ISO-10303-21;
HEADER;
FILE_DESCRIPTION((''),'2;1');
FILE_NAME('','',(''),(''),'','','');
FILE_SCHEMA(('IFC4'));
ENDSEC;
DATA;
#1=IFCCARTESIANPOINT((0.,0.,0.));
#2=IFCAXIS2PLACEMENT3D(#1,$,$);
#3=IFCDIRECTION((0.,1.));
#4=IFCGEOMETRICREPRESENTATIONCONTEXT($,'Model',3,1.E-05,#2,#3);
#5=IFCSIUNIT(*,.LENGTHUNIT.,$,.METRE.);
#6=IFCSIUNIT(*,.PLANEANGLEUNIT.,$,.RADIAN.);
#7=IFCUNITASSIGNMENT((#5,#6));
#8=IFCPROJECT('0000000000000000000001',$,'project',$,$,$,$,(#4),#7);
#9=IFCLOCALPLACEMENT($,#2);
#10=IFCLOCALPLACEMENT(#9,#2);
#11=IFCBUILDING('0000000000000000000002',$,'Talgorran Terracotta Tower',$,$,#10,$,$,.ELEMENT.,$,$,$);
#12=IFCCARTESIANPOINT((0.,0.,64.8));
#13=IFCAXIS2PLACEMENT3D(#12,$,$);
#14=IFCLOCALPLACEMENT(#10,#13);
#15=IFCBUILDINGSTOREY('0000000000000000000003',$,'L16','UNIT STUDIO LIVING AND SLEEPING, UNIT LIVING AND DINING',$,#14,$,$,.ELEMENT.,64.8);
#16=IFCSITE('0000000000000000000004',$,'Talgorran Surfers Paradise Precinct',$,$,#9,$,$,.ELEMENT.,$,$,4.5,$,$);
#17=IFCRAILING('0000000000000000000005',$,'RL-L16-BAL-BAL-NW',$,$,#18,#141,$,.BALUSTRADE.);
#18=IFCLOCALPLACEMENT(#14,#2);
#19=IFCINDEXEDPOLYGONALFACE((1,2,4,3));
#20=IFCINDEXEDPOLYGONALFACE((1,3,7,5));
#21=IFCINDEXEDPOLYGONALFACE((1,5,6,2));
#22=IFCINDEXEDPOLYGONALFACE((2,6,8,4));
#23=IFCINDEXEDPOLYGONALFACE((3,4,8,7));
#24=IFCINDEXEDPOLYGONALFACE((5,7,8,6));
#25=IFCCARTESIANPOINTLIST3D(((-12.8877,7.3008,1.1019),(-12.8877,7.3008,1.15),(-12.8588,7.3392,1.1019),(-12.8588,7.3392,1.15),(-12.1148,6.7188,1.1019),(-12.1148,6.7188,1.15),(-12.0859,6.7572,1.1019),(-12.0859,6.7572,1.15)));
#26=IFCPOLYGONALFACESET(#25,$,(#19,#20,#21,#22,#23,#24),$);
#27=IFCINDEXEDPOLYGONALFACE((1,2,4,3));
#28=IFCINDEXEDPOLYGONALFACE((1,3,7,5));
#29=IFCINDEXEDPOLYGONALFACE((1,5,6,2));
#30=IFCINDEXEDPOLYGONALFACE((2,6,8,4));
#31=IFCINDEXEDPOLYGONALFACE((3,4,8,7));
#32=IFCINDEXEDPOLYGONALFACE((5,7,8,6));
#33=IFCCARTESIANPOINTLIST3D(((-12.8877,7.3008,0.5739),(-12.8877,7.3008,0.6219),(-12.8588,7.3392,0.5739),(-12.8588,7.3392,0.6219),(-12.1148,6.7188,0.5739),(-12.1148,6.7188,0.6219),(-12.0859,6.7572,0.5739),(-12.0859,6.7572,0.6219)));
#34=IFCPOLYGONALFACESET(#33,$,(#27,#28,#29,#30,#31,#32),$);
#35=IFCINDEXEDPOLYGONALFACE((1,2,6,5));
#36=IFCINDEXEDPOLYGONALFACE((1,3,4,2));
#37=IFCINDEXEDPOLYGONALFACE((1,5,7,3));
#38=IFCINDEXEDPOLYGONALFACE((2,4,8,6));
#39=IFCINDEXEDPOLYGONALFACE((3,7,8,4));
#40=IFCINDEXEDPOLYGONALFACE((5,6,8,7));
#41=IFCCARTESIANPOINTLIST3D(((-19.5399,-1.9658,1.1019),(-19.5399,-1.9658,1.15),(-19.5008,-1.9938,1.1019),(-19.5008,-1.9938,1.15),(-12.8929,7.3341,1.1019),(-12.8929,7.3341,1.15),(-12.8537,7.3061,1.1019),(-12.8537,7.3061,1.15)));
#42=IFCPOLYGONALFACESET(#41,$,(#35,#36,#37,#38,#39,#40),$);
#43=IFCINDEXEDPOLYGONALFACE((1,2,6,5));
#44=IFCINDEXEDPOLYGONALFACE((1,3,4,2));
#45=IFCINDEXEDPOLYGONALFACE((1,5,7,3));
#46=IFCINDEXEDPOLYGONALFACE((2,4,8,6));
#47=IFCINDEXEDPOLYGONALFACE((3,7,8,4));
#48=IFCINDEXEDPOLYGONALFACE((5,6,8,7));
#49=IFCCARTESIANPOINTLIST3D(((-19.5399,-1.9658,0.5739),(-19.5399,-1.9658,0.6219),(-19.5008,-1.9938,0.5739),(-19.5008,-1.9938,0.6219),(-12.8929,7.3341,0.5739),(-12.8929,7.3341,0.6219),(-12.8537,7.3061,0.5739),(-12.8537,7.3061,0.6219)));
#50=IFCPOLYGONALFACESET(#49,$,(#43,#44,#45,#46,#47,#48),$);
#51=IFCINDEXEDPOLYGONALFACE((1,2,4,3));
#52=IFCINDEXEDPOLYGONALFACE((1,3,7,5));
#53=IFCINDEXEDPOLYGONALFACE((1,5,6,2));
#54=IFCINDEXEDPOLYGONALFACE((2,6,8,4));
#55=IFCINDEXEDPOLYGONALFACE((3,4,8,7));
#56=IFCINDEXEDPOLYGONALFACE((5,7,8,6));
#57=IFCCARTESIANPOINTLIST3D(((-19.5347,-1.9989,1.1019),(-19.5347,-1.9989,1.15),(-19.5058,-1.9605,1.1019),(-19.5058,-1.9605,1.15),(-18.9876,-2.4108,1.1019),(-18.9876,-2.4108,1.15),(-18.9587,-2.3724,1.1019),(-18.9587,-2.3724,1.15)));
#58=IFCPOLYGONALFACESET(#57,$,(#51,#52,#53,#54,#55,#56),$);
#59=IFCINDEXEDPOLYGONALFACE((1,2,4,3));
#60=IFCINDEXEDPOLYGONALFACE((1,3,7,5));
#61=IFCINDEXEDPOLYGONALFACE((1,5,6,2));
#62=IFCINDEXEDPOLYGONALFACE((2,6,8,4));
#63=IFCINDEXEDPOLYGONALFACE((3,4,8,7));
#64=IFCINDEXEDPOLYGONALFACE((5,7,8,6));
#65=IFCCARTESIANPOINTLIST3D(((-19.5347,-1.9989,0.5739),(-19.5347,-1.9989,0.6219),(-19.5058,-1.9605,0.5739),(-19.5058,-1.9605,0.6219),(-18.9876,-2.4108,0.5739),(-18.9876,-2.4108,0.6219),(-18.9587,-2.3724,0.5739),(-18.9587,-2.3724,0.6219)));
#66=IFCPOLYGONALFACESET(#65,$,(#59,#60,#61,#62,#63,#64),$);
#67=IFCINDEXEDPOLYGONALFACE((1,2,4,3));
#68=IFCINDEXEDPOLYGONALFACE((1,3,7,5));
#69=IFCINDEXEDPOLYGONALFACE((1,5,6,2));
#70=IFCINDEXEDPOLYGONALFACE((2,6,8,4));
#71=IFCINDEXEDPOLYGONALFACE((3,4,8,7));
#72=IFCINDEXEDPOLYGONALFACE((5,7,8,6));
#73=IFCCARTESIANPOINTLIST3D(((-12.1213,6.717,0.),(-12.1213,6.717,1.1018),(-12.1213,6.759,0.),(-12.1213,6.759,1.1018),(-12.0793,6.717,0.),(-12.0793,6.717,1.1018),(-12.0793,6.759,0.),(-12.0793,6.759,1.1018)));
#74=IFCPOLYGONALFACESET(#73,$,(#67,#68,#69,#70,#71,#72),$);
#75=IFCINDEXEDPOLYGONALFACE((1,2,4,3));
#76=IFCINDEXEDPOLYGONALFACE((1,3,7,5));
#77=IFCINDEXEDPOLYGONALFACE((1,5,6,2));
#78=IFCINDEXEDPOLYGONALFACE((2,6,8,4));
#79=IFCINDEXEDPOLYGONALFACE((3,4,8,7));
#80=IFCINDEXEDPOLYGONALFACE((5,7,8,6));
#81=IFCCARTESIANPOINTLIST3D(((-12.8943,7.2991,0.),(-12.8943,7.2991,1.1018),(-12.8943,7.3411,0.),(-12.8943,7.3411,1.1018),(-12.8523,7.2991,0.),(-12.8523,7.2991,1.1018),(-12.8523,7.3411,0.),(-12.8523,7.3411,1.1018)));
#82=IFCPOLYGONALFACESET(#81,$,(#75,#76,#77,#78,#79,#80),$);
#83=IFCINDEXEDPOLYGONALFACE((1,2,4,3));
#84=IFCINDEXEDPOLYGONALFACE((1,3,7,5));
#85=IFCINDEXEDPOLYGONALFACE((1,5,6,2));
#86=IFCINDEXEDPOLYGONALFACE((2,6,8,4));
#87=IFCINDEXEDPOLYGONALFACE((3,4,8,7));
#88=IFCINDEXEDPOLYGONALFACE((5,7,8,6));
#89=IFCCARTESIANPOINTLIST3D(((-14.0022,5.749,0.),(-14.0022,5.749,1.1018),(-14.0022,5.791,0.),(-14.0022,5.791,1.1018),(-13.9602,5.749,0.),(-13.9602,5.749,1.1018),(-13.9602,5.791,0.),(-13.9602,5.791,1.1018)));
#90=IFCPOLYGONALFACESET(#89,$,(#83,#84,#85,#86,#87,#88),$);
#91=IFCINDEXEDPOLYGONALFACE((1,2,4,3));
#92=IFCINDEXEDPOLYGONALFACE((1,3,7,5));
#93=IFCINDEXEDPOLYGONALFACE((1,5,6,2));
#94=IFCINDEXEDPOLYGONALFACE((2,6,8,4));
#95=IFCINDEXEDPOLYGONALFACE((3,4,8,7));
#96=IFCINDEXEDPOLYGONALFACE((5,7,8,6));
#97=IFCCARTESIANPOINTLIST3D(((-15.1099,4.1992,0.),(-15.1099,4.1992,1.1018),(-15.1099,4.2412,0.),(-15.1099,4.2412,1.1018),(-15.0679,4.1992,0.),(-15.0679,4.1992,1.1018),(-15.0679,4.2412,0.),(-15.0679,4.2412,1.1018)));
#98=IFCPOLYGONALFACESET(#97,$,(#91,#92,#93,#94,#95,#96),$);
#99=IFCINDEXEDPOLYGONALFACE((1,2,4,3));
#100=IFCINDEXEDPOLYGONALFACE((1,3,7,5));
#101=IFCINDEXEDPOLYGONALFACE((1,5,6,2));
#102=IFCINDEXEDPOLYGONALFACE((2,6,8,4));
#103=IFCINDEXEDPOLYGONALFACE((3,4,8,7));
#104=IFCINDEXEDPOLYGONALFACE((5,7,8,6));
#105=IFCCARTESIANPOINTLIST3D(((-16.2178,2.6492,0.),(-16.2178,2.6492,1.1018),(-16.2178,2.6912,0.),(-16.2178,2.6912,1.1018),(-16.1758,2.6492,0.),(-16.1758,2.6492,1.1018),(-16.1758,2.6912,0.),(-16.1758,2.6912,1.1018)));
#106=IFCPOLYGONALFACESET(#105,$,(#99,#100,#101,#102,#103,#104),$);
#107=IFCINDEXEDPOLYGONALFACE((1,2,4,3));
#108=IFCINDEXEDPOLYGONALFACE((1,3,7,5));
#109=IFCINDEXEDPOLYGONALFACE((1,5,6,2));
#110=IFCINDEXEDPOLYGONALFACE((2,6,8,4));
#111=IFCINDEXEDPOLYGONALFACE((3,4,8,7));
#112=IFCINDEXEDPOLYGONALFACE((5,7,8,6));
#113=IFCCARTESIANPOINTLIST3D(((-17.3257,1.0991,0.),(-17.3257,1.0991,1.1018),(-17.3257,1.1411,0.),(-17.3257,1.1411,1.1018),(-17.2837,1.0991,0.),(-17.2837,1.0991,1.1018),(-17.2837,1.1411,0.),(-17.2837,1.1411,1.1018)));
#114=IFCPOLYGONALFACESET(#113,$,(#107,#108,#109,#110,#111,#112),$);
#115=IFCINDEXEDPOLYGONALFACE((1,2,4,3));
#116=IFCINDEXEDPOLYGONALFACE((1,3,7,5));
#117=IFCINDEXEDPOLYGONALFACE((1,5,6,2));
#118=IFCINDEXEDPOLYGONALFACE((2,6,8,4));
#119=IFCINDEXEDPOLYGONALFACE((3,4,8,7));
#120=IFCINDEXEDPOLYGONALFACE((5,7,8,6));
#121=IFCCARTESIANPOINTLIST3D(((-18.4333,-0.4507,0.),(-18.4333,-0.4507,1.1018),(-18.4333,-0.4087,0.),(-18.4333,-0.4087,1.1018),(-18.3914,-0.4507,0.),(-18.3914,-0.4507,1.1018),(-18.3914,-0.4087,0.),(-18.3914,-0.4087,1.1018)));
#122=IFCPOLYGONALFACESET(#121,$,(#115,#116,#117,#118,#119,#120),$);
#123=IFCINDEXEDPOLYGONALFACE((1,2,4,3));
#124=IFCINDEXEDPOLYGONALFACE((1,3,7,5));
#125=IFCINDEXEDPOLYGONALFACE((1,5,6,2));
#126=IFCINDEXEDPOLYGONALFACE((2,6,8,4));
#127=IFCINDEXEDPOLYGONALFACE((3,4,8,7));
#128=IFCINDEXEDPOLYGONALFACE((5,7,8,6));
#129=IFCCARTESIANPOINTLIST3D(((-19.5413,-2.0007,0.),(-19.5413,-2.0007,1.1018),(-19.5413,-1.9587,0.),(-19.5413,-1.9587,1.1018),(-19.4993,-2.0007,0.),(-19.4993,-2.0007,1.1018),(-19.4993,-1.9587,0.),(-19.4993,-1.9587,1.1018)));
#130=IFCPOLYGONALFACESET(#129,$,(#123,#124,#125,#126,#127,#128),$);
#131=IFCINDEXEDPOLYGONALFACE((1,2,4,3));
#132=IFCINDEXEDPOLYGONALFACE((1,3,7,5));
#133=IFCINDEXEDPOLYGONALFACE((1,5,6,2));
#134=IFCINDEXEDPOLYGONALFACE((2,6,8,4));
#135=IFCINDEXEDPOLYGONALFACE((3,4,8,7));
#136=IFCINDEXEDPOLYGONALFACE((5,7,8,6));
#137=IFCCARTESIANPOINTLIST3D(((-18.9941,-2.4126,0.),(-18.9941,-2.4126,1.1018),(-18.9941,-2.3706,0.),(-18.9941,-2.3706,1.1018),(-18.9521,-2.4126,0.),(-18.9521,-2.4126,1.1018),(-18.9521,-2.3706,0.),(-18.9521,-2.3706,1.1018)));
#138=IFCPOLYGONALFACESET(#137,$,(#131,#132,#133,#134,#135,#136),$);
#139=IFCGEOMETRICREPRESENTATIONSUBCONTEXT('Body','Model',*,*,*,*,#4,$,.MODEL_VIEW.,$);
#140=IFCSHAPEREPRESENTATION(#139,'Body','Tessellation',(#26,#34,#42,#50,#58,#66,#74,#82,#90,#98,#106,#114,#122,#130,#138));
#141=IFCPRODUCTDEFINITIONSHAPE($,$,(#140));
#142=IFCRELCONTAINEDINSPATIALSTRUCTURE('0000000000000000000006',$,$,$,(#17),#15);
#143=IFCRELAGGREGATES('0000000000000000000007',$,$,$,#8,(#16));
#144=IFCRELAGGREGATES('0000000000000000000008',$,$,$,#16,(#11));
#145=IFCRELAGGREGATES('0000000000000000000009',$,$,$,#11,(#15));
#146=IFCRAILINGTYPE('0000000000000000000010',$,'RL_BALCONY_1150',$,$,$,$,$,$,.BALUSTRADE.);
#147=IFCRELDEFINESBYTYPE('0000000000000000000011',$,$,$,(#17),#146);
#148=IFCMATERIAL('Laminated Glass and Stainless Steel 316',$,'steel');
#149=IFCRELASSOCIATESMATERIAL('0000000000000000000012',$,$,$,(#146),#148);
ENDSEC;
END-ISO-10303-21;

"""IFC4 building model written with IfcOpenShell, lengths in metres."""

from ifc_helpers import new_model, si_unit, direction, frame, origin, origin_2d, place, context, subcontext, project, spatial, rectangle, extrude, material, type_object, element, save


model = new_model("IFC4")

# Units and contexts
model_context = context("Model", 3, precision=1e-05, world=origin(), true_north=direction((0.0, 1.0)))
body_context = subcontext(model_context, "Body", "Model", "MODEL_VIEW")
ifc_project = project(units=[si_unit("LENGTHUNIT", "METRE"), si_unit("PLANEANGLEUNIT", "RADIAN")], contexts=[model_context])

# Site, building, storey
site_placement = place(None, origin())
site = spatial("IfcSite", under=ifc_project, at=site_placement, Name="Talgorran Surfers Paradise Precinct", CompositionType="ELEMENT", RefElevation=4.5)
building_placement = place(site_placement, origin())
building = spatial("IfcBuilding", under=site, at=building_placement, Name="Talgorran Terracotta Tower", CompositionType="ELEMENT")
storey_placement = place(building_placement, frame((0.0, 0.0, 64.8)))
storey = spatial("IfcBuildingStorey", under=building, at=storey_placement, Name="L16", Description="UNIT STUDIO LIVING AND SLEEPING, UNIT LIVING AND DINING", CompositionType="ELEMENT", Elevation=64.8)

# Railing
ifc_material_1 = material(Name="Laminated Glass and Stainless Steel 316", Category="steel")
railing_type = type_object("IfcRailingType", Name="RL_BALCONY_1150", PredefinedType="BALUSTRADE", material=ifc_material_1)
railing_placement = place(storey_placement, frame((-12.1003, 6.738, 0.0)))
element("IfcRailing", 1, at=railing_placement, inside=storey, type_object=railing_type, Name="RL-L16-BAL-BAL-NW", PredefinedType="BALUSTRADE", context=body_context, shape_type="SweptSolid", body=[
    extrude(rectangle(XDim=0.0481, YDim=0.0481, at=origin_2d()), frame((0.0, 0.0, 1.126), z_axis=(-0.798848, 0.601533, 0.0), x_axis=(-0.601533, -0.798848, 0.0)), (0.0, 0.0, 1.0), 0.9675),
    extrude(rectangle(XDim=0.0481, YDim=0.0481, at=origin_2d()), frame((0.0, 0.0, 0.5979), z_axis=(-0.798848, 0.601533, 0.0), x_axis=(-0.601533, -0.798848, 0.0)), (0.0, 0.0, 1.0), 0.9675),
    extrude(rectangle(XDim=0.0481, YDim=0.0481, at=origin_2d()), frame((-0.7729, 0.582, 1.126), z_axis=(-0.581485, -0.813557, 0.0), x_axis=(0.813557, -0.581485, 0.0)), (0.0, 0.0, 1.0), 11.4312),
    extrude(rectangle(XDim=0.0481, YDim=0.0481, at=origin_2d()), frame((-0.7729, 0.582, 0.5979), z_axis=(-0.581485, -0.813557, 0.0), x_axis=(0.813557, -0.581485, 0.0)), (0.0, 0.0, 1.0), 11.4312),
    extrude(rectangle(XDim=0.0481, YDim=0.0481, at=origin_2d()), frame((-7.4199, -8.7178, 1.126), z_axis=(0.798929, -0.601425, 0.0), x_axis=(0.601425, 0.798929, 0.0)), (0.0, 0.0, 1.0), 0.6848),
    extrude(rectangle(XDim=0.0481, YDim=0.0481, at=origin_2d()), frame((-7.4199, -8.7178, 0.5979), z_axis=(0.798929, -0.601425, 0.0), x_axis=(0.601425, 0.798929, 0.0)), (0.0, 0.0, 1.0), 0.6848),
    extrude(rectangle(XDim=0.042, YDim=0.042, at=origin_2d()), origin(), (0.0, 0.0, 1.0), 1.1018),
    extrude(rectangle(XDim=0.042, YDim=0.042, at=origin_2d()), frame((-0.7729, 0.582, 0.0)), (0.0, 0.0, 1.0), 1.1018),
    extrude(rectangle(XDim=0.042, YDim=0.042, at=origin_2d()), frame((-1.8809, -0.968, 0.0)), (0.0, 0.0, 1.0), 1.1018),
    extrude(rectangle(XDim=0.042, YDim=0.042, at=origin_2d()), frame((-2.9885, -2.5178, 0.0)), (0.0, 0.0, 1.0), 1.1018),
    extrude(rectangle(XDim=0.042, YDim=0.042, at=origin_2d()), frame((-4.0964, -4.0679, 0.0)), (0.0, 0.0, 1.0), 1.1018),
    extrude(rectangle(XDim=0.042, YDim=0.042, at=origin_2d()), frame((-5.2043, -5.6179, 0.0)), (0.0, 0.0, 1.0), 1.1018),
    extrude(rectangle(XDim=0.042, YDim=0.042, at=origin_2d()), frame((-6.312, -7.1677, 0.0)), (0.0, 0.0, 1.0), 1.1018),
    extrude(rectangle(XDim=0.042, YDim=0.042, at=origin_2d()), frame((-7.4199, -8.7178, 0.0)), (0.0, 0.0, 1.0), 1.1018),
    extrude(rectangle(XDim=0.042, YDim=0.042, at=origin_2d()), frame((-6.8728, -9.1296, 0.0)), (0.0, 0.0, 1.0), 1.1018),
])

save(model, "model.ifc")
